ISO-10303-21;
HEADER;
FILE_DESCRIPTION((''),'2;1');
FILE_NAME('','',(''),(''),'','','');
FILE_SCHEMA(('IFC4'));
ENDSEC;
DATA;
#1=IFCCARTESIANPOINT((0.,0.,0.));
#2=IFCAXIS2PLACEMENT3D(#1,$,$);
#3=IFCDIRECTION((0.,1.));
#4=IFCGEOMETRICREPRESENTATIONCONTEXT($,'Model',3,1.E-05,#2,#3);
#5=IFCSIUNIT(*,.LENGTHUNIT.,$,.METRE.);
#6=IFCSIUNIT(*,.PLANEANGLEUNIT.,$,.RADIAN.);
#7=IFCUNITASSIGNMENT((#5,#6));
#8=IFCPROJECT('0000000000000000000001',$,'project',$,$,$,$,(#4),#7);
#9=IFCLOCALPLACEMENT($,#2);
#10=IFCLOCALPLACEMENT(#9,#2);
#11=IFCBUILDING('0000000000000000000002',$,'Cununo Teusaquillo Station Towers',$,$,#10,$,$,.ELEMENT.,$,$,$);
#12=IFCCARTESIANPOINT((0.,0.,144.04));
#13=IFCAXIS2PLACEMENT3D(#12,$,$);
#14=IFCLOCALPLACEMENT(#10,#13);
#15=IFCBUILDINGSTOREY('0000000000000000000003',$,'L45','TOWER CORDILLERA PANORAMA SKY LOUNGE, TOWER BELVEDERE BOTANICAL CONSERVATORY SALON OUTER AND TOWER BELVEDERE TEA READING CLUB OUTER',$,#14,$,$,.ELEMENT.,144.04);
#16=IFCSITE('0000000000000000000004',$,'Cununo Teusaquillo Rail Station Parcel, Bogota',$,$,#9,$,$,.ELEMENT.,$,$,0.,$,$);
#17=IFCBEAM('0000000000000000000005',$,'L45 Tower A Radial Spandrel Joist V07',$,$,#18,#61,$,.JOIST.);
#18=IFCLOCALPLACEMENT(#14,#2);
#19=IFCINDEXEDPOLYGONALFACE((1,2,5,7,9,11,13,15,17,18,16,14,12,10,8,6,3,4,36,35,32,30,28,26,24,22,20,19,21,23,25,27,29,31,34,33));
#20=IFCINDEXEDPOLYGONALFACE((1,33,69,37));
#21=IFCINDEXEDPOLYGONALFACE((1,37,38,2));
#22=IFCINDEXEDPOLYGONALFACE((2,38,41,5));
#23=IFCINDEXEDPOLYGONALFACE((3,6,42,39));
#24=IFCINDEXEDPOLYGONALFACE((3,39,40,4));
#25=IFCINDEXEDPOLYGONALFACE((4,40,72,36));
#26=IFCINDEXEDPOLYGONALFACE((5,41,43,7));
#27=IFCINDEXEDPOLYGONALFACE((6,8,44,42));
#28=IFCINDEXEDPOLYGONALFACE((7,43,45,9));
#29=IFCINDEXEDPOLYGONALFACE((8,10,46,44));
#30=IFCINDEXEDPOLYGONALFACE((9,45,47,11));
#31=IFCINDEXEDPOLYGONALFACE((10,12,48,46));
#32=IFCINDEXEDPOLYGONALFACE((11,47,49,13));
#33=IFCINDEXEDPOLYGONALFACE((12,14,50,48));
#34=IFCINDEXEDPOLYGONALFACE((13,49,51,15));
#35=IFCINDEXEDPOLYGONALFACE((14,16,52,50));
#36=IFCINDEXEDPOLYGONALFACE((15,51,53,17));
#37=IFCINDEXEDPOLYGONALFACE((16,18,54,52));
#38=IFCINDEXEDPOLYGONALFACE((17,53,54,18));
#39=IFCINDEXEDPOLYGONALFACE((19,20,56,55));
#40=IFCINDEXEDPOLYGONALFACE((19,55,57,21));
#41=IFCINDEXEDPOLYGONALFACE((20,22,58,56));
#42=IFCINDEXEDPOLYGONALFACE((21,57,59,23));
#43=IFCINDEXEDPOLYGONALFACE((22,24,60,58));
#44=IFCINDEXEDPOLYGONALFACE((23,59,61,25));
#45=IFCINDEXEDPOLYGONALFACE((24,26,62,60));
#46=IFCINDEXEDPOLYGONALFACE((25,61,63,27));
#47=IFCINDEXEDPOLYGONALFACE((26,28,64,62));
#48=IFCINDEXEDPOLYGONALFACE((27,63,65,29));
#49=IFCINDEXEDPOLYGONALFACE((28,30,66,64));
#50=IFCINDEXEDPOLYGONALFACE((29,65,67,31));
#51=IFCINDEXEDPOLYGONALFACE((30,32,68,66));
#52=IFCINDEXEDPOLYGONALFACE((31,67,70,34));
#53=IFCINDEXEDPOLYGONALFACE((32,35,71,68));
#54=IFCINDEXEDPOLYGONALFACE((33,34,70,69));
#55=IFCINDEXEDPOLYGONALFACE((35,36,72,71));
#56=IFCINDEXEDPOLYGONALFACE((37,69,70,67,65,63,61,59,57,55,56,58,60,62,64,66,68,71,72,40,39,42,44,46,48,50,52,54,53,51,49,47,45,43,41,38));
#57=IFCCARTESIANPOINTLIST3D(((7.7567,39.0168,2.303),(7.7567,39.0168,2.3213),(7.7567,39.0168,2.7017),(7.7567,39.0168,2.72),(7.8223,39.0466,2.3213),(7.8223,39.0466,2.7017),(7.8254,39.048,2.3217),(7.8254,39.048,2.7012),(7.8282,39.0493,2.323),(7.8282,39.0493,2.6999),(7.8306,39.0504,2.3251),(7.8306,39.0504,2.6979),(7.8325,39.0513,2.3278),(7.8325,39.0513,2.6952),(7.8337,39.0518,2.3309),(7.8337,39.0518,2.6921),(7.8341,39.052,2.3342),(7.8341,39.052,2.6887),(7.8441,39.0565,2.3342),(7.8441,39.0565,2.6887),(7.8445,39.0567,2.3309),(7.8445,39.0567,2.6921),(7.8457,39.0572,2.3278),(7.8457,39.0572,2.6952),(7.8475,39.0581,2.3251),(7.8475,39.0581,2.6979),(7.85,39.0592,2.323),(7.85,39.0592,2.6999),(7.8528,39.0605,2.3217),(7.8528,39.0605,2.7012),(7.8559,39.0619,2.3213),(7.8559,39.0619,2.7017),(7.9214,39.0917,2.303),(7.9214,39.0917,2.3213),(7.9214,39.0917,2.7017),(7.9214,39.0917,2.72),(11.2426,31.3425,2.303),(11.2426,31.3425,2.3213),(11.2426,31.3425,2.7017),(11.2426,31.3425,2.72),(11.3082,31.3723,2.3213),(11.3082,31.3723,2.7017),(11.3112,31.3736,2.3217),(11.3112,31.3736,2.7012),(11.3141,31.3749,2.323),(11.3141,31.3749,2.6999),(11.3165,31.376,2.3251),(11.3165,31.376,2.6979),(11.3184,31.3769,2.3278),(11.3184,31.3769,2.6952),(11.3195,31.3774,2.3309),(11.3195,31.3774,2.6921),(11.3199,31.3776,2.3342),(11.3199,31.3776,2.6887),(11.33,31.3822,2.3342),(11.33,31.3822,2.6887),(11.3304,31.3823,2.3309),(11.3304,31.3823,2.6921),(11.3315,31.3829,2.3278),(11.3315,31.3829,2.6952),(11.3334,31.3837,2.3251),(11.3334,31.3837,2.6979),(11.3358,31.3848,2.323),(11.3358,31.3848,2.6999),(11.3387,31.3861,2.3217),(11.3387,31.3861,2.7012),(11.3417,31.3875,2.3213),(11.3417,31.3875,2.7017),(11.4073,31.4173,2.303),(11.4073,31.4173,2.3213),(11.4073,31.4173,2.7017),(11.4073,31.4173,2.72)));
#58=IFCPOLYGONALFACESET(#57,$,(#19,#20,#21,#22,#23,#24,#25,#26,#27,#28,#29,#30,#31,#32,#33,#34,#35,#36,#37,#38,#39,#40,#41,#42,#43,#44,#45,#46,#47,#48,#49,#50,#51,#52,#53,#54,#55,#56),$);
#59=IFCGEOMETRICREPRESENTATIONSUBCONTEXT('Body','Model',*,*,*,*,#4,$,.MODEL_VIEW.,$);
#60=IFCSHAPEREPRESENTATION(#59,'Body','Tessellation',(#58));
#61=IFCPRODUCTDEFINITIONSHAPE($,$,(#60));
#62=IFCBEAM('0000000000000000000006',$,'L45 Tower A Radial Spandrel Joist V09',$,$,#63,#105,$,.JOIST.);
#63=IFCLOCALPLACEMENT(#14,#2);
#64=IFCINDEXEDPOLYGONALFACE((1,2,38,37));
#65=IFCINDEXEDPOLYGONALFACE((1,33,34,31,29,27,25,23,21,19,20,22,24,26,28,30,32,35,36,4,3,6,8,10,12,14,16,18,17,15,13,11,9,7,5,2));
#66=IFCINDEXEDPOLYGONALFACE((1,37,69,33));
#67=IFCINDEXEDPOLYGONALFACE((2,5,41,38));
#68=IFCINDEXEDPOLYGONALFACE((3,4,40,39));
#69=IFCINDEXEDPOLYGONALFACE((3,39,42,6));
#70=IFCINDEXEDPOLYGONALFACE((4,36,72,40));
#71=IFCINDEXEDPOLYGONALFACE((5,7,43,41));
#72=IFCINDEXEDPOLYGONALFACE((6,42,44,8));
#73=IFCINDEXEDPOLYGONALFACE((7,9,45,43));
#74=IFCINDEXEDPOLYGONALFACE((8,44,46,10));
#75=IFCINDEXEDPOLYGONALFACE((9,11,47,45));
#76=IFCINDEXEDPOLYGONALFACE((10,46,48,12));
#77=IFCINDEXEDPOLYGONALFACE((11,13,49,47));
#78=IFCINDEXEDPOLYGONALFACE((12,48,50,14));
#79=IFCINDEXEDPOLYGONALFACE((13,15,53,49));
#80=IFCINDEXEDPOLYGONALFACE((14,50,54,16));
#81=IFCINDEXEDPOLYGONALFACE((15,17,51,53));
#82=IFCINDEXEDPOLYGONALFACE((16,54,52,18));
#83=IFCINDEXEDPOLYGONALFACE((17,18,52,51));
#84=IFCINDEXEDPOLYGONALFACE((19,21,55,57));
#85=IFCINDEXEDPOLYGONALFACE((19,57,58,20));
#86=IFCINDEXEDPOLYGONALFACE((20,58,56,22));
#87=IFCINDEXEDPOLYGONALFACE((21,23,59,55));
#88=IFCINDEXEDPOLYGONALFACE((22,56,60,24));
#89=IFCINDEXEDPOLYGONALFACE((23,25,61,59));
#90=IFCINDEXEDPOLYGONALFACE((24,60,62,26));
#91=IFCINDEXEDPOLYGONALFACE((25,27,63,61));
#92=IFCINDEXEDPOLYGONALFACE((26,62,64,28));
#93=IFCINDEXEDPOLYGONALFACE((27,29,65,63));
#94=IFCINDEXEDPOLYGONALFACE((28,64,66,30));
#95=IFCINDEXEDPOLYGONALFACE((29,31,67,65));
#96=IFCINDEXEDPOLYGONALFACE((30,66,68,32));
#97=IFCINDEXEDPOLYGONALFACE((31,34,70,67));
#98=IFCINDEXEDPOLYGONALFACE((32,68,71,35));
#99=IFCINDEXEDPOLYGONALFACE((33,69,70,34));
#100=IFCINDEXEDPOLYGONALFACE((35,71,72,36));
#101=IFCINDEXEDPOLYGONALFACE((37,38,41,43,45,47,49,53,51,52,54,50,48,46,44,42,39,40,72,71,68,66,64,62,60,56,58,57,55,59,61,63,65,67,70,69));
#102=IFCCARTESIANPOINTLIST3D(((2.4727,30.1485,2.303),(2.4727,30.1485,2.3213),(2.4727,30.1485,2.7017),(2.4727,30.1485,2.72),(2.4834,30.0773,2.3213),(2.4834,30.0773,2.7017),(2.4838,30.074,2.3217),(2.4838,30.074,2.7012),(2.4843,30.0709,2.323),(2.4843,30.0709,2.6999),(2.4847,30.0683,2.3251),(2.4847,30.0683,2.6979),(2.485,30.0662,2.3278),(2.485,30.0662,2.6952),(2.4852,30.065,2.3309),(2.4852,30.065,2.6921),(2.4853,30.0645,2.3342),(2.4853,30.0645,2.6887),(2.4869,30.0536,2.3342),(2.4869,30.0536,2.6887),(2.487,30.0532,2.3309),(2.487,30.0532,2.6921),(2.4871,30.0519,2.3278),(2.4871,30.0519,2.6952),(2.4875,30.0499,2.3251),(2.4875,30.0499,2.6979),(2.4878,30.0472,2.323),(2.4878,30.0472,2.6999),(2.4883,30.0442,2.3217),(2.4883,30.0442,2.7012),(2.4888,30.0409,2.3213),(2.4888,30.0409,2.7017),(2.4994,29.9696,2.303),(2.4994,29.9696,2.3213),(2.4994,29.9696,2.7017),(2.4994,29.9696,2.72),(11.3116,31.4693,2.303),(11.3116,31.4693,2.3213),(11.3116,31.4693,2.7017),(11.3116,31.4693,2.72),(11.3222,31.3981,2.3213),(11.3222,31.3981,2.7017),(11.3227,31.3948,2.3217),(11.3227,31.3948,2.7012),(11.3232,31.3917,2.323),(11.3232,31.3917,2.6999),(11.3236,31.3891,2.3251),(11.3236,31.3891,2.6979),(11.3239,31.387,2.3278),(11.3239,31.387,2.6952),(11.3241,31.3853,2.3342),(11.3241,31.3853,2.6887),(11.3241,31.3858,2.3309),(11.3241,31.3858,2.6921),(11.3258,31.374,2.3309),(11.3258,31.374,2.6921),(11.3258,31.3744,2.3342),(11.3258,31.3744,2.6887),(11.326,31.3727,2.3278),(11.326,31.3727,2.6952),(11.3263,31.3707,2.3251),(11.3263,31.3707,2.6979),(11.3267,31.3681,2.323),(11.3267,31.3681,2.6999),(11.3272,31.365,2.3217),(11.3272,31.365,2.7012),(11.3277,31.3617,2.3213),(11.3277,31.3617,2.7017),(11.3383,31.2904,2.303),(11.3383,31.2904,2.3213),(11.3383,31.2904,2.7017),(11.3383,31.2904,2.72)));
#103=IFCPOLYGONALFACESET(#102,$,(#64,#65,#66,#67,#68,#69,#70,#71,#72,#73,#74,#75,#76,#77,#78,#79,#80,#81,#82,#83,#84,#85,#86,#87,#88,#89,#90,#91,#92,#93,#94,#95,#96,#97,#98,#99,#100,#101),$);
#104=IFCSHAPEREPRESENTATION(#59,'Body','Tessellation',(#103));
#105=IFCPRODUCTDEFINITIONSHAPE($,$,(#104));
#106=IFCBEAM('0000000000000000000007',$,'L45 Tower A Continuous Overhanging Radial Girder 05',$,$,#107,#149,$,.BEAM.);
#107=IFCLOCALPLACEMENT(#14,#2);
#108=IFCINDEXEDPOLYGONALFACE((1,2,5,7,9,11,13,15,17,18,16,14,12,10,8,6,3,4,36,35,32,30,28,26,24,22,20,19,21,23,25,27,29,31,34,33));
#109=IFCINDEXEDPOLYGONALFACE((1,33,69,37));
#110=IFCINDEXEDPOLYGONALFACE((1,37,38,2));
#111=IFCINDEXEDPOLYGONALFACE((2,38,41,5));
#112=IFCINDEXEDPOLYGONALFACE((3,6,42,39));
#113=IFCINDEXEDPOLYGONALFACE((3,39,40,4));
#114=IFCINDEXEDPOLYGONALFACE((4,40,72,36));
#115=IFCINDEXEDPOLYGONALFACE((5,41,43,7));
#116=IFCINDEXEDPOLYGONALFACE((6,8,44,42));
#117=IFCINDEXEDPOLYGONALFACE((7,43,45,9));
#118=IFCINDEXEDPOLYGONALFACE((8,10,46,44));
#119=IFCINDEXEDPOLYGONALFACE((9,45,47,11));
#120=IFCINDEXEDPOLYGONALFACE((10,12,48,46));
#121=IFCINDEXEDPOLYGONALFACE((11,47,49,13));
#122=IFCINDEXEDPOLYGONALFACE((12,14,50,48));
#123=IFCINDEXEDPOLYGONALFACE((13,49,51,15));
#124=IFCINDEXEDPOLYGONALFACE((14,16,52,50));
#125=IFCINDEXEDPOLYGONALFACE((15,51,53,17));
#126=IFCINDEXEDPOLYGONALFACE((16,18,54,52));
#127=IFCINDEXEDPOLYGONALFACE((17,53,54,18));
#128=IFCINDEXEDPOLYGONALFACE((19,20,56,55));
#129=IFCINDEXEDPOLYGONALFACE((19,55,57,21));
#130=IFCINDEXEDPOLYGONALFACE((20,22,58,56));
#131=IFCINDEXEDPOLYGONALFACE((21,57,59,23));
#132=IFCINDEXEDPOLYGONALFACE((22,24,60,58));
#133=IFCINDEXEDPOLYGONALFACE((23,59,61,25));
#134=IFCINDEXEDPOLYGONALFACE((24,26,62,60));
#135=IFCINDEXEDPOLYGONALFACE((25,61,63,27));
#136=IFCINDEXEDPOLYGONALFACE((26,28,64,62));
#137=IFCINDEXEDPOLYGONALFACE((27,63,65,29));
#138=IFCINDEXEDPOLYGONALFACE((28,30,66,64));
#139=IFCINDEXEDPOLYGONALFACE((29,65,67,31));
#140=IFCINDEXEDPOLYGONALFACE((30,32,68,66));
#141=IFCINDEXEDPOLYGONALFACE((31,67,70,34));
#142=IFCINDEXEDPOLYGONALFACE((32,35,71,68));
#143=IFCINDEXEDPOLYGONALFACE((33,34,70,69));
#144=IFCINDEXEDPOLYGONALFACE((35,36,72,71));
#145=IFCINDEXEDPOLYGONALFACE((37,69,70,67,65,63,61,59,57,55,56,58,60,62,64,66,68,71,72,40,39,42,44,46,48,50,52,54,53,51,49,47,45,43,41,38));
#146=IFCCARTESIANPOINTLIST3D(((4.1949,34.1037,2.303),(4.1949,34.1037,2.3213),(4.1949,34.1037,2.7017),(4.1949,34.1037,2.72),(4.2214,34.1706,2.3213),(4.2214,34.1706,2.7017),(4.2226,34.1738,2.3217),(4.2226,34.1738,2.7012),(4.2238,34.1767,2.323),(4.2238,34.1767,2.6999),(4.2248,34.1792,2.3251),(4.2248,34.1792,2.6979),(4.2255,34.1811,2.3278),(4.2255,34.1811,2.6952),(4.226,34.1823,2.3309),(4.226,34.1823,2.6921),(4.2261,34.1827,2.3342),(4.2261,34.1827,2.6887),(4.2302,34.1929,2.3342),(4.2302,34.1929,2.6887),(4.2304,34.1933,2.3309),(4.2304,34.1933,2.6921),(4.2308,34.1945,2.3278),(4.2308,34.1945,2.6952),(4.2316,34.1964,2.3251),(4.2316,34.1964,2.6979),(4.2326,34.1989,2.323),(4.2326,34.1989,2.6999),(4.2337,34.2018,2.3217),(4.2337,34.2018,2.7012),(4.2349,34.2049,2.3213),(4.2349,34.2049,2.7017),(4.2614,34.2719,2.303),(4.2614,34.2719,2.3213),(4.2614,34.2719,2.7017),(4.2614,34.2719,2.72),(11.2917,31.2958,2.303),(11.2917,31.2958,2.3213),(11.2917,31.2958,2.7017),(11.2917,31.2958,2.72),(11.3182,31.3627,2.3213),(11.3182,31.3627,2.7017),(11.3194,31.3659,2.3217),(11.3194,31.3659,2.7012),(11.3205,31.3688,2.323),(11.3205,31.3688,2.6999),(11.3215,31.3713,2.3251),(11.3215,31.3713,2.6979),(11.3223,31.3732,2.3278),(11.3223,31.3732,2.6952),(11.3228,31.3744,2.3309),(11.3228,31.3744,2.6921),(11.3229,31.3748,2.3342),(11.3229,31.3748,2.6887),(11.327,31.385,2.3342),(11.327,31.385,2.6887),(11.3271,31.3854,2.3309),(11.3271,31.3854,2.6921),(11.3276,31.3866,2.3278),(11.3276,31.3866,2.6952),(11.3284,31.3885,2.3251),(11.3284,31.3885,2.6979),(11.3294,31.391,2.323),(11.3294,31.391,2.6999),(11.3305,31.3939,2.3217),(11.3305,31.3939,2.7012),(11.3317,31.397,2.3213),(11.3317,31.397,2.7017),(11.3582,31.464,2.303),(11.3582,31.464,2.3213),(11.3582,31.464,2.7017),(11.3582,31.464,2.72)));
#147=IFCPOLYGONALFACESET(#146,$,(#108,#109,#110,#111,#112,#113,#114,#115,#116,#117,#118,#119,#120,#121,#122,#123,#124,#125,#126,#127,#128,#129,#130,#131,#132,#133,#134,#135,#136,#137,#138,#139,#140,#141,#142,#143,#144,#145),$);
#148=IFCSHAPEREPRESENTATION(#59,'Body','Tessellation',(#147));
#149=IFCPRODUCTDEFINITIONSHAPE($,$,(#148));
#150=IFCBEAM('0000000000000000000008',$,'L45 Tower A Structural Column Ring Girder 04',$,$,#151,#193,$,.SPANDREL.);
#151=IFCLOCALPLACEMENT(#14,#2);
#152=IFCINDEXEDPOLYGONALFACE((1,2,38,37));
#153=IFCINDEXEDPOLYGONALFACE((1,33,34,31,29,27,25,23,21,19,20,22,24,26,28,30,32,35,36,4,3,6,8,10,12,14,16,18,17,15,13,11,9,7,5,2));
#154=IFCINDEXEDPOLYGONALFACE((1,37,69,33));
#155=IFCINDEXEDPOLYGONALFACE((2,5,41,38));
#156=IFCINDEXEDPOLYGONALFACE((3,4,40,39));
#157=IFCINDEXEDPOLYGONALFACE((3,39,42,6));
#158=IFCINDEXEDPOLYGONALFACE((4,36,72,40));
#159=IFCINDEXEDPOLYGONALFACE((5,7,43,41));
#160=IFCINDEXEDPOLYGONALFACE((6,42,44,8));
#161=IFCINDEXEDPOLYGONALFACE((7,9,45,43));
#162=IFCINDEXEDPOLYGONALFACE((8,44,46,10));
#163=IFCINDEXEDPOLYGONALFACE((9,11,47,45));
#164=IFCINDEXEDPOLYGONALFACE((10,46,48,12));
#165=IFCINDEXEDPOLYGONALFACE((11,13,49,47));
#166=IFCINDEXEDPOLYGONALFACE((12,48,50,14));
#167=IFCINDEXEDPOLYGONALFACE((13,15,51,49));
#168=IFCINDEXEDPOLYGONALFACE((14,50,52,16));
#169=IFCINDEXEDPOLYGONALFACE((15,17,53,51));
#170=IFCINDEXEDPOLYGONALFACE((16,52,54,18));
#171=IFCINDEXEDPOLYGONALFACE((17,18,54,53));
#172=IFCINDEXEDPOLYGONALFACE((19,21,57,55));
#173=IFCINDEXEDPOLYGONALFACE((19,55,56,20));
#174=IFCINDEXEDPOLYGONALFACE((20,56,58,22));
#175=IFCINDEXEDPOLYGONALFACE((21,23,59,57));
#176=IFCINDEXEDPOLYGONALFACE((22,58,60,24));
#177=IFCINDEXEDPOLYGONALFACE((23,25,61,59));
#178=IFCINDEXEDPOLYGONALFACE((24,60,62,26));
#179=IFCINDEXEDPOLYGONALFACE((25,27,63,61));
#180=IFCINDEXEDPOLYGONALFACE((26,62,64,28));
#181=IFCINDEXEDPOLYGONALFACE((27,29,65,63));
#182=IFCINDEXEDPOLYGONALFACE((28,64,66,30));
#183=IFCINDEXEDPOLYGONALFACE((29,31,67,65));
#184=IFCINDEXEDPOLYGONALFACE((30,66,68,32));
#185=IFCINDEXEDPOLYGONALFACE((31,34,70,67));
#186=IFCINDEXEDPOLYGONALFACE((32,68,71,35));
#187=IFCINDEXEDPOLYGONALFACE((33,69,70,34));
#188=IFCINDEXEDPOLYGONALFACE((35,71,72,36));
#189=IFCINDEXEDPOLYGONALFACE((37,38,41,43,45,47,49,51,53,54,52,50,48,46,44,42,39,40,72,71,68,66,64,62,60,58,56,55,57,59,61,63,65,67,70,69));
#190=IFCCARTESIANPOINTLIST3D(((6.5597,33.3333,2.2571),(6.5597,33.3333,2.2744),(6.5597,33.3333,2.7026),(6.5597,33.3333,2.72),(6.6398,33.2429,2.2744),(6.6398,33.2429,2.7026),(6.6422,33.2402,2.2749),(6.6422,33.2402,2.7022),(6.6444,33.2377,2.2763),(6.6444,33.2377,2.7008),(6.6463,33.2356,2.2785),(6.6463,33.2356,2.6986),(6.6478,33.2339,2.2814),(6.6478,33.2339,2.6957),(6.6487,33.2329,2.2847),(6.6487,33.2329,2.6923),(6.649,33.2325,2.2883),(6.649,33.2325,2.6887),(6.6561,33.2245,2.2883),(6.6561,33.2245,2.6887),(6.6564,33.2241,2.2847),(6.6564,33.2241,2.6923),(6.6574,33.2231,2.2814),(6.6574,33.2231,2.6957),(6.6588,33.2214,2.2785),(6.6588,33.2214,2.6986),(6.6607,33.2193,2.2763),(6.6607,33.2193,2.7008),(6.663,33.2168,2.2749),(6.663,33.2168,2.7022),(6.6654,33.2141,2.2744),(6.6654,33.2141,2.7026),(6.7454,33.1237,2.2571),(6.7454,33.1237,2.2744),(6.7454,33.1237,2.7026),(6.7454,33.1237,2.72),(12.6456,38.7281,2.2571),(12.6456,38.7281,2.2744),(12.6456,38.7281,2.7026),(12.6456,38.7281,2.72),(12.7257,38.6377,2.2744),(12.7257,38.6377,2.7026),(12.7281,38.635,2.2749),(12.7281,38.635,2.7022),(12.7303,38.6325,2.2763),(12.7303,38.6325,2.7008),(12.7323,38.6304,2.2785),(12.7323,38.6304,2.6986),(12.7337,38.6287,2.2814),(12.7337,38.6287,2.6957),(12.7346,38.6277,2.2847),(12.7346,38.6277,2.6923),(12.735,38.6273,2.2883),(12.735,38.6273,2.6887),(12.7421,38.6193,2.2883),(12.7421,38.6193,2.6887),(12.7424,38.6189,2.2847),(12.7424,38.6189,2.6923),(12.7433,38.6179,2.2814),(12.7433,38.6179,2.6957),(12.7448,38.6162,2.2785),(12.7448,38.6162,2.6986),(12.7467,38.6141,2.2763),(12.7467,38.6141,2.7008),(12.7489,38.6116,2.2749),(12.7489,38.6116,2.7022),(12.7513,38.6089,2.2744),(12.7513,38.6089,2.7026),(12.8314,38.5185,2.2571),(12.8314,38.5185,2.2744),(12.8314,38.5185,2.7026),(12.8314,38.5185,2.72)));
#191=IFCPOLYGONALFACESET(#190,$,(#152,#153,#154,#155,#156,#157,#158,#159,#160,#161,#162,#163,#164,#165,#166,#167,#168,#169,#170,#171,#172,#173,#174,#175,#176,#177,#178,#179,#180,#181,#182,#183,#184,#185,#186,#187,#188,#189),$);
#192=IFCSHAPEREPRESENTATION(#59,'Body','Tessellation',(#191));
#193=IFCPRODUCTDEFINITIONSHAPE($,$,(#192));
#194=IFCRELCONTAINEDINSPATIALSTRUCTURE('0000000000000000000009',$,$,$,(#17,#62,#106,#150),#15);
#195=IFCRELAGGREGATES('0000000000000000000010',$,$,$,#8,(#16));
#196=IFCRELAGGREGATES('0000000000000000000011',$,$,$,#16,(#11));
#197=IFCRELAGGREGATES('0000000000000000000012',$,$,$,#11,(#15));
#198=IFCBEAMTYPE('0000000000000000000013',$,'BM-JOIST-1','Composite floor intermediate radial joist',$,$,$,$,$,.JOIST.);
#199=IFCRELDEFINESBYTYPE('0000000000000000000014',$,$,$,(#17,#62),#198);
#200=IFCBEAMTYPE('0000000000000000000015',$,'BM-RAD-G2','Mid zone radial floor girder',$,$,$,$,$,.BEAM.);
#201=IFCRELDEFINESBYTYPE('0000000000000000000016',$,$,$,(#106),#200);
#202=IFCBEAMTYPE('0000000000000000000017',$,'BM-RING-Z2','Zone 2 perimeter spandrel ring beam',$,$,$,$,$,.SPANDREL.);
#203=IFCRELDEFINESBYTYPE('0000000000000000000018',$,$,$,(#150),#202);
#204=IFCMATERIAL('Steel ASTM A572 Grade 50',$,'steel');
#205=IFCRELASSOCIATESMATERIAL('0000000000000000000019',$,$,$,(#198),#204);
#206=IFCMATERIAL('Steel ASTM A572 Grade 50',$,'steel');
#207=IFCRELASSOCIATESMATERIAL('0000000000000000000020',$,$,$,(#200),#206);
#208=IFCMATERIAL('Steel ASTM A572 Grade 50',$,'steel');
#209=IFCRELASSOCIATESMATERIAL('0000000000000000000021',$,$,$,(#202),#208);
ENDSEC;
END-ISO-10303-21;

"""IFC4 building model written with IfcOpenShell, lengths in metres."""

from ifc_helpers import new_model, si_unit, direction, frame, origin, origin_2d, place, context, subcontext, project, spatial, i_section, extrude, material, material_profile, profile_set, type_object, element, save


model = new_model("IFC4")

# Units and contexts
model_context = context("Model", 3, precision=1e-05, world=origin(), true_north=direction((0.0, 1.0)))
body_context = subcontext(model_context, "Body", "Model", "MODEL_VIEW")
ifc_project = project(units=[si_unit("LENGTHUNIT", "METRE"), si_unit("PLANEANGLEUNIT", "RADIAN")], contexts=[model_context])

# Site, building, storey
site_placement = place(None, origin())
site = spatial("IfcSite", under=ifc_project, at=site_placement, Name="Cununo Teusaquillo Rail Station Parcel, Bogota", CompositionType="ELEMENT", RefElevation=0.0)
building_placement = place(site_placement, origin())
building = spatial("IfcBuilding", under=site, at=building_placement, Name="Cununo Teusaquillo Station Towers", CompositionType="ELEMENT")
storey_placement = place(building_placement, frame((0.0, 0.0, 144.04)))
storey = spatial("IfcBuildingStorey", under=building, at=storey_placement, Name="L45", Description="TOWER CORDILLERA PANORAMA SKY LOUNGE, TOWER BELVEDERE BOTANICAL CONSERVATORY SALON OUTER AND TOWER BELVEDERE TEA READING CLUB OUTER", CompositionType="ELEMENT", Elevation=144.04)

# Beams
ifc_material_1 = material(Name="Steel ASTM A572 Grade 50", Category="steel")
ifc_material_profile_1 = material_profile(ifc_material_1, i_section(OverallWidth=0.1809, OverallDepth=0.417, WebThickness=0.011, FlangeThickness=0.0183, FilletRadius=0.0129, at=origin_2d()), Name="W16X57")
ifc_profile_set_1 = profile_set([ifc_material_profile_1], Name="Steel ASTM A572 Grade 50")
beam_type_1 = type_object("IfcBeamType", Name="BM-JOIST-1", Description="Composite floor intermediate radial joist", PredefinedType="JOIST", material=ifc_profile_set_1)
beam_1_placement = place(storey_placement, frame((11.325, 31.3799, 2.5115), z_axis=(-0.413559, 0.910478, 0.0), x_axis=(-0.910478, -0.413559, 0.0)))
element("IfcBeam", 1, at=beam_1_placement, inside=storey, type_object=beam_type_1, Name="L45 Tower A Radial Spandrel Joist V07", PredefinedType="JOIST", context=body_context, shape_type="SweptSolid", body=[
    extrude(i_section(OverallWidth=0.1809, OverallDepth=0.417, WebThickness=0.011, FlangeThickness=0.0183, FilletRadius=0.0129, at=origin_2d()), origin(), (0.0, 0.0, 1.0), 8.429),
])
beam_2_placement = place(storey_placement, frame((11.325, 31.3799, 2.5115), z_axis=(-0.989019, -0.14779, 0.0), x_axis=(0.14779, -0.989019, 0.0)))
element("IfcBeam", 2, at=beam_2_placement, inside=storey, type_object=beam_type_1, Name="L45 Tower A Radial Spandrel Joist V09", PredefinedType="JOIST", context=body_context, shape_type="SweptSolid", body=[
    extrude(i_section(OverallWidth=0.1809, OverallDepth=0.417, WebThickness=0.011, FlangeThickness=0.0183, FilletRadius=0.0129, at=origin_2d()), origin(), (0.0, 0.0, 1.0), 8.937),
])
ifc_material_2 = material(Name="Steel ASTM A572 Grade 50", Category="steel")
ifc_material_profile_2 = material_profile(ifc_material_2, i_section(OverallWidth=0.1809, OverallDepth=0.417, WebThickness=0.011, FlangeThickness=0.0183, FilletRadius=0.0129, at=origin_2d()), Name="W16X57")
ifc_profile_set_2 = profile_set([ifc_material_profile_2], Name="Steel ASTM A572 Grade 50")
beam_type_2 = type_object("IfcBeamType", Name="BM-RAD-G2", Description="Mid zone radial floor girder", PredefinedType="BEAM", material=ifc_profile_set_2)
beam_3_placement = place(storey_placement, frame((11.325, 31.3799, 2.5115), z_axis=(-0.929862, 0.367908, 0.0), x_axis=(-0.367908, -0.929862, 0.0)))
element("IfcBeam", 3, at=beam_3_placement, inside=storey, type_object=beam_type_2, Name="L45 Tower A Continuous Overhanging Radial Girder 05", PredefinedType="BEAM", context=body_context, shape_type="SweptSolid", body=[
    extrude(i_section(OverallWidth=0.1809, OverallDepth=0.417, WebThickness=0.011, FlangeThickness=0.0183, FilletRadius=0.0129, at=origin_2d()), origin(), (0.0, 0.0, 1.0), 7.6321),
])
ifc_material_3 = material(Name="Steel ASTM A572 Grade 50", Category="steel")
ifc_material_profile_3 = material_profile(ifc_material_3, i_section(OverallWidth=0.28, OverallDepth=0.4629, WebThickness=0.0107, FlangeThickness=0.0173, FilletRadius=0.0139, at=origin_2d()), Name="W18X76")
ifc_profile_set_3 = profile_set([ifc_material_profile_3], Name="Steel ASTM A572 Grade 50")
beam_type_3 = type_object("IfcBeamType", Name="BM-RING-Z2", Description="Zone 2 perimeter spandrel ring beam", PredefinedType="SPANDREL", material=ifc_profile_set_3)
beam_4_placement = place(storey_placement, frame((12.7385, 38.6233, 2.4885), z_axis=(-0.748321, -0.663337, 0.0), x_axis=(0.663337, -0.748321, 0.0)))
element("IfcBeam", 4, at=beam_4_placement, inside=storey, type_object=beam_type_3, Name="L45 Tower A Structural Column Ring Girder 04", PredefinedType="SPANDREL", context=body_context, shape_type="SweptSolid", body=[
    extrude(i_section(OverallWidth=0.28, OverallDepth=0.4629, WebThickness=0.0107, FlangeThickness=0.0173, FilletRadius=0.0139, at=origin_2d()), origin(), (0.0, 0.0, 1.0), 8.1328),
])

save(model, "model.ifc")
